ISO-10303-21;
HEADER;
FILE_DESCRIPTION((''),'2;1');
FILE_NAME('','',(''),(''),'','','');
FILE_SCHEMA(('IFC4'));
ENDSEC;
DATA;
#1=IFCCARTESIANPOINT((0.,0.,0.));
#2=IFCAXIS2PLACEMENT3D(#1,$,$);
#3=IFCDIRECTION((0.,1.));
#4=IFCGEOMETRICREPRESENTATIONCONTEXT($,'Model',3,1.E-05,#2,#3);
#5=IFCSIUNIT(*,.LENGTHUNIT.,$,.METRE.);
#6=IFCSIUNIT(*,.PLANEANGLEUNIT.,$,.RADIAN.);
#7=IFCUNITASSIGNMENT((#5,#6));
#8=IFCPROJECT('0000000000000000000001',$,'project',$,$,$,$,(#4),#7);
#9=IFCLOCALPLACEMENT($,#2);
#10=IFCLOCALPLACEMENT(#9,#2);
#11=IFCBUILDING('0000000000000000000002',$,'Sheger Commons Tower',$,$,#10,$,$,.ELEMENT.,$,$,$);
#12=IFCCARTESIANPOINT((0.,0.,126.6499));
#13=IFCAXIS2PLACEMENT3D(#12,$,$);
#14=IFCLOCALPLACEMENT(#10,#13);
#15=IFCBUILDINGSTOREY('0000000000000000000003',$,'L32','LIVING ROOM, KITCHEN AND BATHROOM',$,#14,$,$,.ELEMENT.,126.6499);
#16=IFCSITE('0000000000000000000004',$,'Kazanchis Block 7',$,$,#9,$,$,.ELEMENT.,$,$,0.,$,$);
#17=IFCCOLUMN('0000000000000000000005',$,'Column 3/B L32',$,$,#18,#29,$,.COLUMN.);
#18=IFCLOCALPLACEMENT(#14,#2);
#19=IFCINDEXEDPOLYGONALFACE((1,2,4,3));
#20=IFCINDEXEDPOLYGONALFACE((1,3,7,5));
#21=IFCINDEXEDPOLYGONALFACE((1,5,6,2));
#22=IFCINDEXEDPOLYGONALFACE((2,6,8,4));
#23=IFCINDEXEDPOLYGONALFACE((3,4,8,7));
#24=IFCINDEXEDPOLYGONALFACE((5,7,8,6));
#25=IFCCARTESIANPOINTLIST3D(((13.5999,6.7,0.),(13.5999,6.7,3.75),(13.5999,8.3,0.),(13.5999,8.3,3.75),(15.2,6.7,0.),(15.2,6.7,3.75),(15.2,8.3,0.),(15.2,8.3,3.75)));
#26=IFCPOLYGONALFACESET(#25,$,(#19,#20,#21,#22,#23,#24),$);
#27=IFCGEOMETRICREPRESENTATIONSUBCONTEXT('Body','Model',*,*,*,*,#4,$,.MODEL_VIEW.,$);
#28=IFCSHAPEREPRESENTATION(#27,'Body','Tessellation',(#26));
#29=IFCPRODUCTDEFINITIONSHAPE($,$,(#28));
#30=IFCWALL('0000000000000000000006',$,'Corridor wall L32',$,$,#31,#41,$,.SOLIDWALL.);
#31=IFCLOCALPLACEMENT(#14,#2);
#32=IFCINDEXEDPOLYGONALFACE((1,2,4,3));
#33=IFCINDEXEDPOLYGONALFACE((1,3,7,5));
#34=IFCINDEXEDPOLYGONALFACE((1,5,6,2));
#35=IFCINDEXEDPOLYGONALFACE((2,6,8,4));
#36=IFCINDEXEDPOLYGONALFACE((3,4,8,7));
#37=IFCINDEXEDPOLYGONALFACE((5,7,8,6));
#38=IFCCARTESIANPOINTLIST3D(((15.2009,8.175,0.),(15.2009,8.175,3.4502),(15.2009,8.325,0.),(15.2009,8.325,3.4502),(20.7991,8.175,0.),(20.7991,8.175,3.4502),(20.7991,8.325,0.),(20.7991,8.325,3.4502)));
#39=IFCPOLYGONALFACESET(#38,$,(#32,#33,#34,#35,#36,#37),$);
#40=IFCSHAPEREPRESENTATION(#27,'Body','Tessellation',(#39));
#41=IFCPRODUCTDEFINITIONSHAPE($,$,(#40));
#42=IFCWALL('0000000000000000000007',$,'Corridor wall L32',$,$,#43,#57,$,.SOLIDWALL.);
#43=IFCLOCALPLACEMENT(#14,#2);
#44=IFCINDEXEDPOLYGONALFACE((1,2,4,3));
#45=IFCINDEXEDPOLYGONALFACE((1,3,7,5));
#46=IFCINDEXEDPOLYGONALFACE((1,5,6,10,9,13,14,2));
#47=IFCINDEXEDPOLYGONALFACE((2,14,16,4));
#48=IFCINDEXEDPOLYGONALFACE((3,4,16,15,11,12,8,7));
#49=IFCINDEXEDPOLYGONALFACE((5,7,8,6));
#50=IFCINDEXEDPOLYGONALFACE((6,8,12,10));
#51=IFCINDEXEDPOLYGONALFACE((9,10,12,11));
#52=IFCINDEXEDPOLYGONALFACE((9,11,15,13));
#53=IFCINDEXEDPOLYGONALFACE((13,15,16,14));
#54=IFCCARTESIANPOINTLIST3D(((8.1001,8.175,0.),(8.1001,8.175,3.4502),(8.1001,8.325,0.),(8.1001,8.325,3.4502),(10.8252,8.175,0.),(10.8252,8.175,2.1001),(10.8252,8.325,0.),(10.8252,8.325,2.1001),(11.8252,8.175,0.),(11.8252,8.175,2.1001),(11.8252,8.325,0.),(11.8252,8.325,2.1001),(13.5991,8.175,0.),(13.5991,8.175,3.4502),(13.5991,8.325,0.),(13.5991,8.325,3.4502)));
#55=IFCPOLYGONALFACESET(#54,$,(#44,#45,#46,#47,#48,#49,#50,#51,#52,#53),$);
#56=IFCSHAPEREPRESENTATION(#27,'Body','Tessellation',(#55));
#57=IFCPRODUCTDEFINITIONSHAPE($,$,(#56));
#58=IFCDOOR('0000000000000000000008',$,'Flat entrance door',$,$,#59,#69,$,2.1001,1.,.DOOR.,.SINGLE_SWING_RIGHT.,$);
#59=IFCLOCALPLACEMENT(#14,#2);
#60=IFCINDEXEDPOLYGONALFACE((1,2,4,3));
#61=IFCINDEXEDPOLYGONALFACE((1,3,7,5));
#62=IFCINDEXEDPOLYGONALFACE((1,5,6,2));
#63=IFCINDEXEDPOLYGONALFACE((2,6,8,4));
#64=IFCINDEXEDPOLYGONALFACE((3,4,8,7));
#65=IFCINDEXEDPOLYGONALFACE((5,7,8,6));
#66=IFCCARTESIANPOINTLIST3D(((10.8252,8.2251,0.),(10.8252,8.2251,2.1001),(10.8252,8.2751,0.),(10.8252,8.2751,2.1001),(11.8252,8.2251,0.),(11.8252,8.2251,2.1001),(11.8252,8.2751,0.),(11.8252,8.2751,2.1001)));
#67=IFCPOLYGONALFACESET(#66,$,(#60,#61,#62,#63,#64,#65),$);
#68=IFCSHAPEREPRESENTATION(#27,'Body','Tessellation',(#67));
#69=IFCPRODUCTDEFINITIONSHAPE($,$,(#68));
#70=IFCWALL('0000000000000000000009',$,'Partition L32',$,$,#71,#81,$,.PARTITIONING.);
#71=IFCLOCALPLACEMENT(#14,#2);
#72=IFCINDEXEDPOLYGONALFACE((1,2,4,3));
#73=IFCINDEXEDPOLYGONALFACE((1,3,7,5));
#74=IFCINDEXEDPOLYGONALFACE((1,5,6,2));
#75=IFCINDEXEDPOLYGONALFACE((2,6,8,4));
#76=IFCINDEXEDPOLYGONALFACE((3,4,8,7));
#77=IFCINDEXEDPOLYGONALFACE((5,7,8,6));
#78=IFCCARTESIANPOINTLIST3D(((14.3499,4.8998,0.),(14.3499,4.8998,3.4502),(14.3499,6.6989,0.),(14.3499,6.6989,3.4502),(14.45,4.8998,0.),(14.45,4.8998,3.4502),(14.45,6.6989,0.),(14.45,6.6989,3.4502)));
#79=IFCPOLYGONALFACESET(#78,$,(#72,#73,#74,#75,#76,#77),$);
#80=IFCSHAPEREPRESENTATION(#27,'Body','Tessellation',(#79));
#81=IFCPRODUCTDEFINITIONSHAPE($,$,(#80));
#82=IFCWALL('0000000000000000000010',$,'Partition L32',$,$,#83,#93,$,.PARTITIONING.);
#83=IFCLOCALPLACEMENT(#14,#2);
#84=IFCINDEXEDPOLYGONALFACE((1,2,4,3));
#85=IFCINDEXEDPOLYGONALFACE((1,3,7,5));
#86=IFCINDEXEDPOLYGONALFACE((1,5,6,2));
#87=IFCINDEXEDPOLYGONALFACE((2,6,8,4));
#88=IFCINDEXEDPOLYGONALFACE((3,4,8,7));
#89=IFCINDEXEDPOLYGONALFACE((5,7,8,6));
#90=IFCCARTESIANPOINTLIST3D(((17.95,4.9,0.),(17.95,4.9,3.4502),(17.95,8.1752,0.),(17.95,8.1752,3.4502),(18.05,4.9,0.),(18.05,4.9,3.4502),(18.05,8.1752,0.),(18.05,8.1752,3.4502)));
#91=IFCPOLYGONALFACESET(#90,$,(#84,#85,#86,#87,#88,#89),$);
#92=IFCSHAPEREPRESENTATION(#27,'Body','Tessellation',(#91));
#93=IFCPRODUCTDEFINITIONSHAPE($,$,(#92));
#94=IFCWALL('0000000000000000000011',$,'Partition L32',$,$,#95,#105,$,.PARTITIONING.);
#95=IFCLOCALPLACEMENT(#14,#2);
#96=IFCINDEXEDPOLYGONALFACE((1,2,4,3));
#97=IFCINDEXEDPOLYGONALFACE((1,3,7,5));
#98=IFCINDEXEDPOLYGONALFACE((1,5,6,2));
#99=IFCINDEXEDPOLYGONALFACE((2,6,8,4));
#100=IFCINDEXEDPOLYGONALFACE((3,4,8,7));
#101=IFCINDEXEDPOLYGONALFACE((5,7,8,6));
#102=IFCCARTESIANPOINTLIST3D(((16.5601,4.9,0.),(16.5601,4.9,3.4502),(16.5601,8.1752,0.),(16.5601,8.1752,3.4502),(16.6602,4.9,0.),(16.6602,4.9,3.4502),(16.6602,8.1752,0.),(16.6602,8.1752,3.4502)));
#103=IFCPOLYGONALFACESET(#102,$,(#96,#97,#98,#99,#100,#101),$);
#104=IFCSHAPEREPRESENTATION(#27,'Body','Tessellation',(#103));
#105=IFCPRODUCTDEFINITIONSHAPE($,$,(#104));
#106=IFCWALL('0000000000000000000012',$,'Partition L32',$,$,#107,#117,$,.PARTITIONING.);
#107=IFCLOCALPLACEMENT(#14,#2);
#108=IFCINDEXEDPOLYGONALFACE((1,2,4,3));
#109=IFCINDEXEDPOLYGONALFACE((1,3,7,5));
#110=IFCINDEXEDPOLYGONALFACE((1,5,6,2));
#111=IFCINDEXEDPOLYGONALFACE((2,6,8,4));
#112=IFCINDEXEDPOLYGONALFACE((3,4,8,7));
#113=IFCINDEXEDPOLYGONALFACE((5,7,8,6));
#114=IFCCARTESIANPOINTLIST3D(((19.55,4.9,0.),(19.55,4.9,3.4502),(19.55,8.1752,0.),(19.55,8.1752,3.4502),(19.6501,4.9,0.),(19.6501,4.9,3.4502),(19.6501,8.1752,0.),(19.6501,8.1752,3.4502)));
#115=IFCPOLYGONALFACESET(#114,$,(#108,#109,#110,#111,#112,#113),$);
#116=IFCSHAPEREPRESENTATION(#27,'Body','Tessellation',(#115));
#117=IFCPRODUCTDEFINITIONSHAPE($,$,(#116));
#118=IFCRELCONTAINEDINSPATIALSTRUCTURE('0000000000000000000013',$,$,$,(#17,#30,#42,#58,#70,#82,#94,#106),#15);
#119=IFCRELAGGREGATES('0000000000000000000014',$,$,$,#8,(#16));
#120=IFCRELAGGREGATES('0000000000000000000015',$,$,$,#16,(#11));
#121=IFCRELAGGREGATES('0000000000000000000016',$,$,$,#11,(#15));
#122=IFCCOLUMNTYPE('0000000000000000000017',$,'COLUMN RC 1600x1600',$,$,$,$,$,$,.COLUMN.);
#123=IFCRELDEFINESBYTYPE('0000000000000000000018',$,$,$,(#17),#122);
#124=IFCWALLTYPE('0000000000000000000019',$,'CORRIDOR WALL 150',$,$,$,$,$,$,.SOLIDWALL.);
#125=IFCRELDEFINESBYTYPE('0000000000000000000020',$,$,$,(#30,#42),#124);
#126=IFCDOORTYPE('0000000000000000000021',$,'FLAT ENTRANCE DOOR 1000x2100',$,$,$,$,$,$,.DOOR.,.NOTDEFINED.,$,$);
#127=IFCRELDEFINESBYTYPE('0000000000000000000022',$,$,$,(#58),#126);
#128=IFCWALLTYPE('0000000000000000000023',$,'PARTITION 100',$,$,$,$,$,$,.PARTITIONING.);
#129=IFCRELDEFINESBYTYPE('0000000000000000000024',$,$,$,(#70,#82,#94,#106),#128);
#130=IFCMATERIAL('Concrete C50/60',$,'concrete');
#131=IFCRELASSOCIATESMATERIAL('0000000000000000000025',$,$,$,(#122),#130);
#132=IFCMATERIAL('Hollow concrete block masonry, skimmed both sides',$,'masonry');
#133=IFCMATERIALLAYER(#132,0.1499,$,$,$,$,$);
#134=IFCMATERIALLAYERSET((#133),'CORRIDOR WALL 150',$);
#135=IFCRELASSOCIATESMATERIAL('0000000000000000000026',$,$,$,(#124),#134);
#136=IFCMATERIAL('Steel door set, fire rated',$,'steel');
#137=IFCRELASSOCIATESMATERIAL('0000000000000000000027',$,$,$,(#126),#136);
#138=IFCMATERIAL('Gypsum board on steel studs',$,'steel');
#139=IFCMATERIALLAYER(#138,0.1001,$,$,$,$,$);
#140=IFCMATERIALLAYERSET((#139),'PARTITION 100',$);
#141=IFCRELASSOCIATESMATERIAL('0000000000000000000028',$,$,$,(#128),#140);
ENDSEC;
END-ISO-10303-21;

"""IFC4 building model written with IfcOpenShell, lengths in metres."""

from ifc_helpers import new_model, si_unit, direction, frame, frame_2d, origin, origin_2d, place, context, subcontext, project, spatial, rectangle, extrude, material, layer, layer_set, material_profile, profile_set, type_object, element, fill, save


model = new_model("IFC4")

# Units and contexts
model_context = context("Model", 3, precision=1e-05, world=origin(), true_north=direction((0.0, 1.0)))
body_context = subcontext(model_context, "Body", "Model", "MODEL_VIEW")
ifc_project = project(units=[si_unit("LENGTHUNIT", "METRE"), si_unit("PLANEANGLEUNIT", "RADIAN")], contexts=[model_context])

# Site, building, storey
site_placement = place(None, origin())
site = spatial("IfcSite", under=ifc_project, at=site_placement, Name="Kazanchis Block 7", CompositionType="ELEMENT", RefElevation=0.0)
building_placement = place(site_placement, origin())
building = spatial("IfcBuilding", under=site, at=building_placement, Name="Sheger Commons Tower", CompositionType="ELEMENT")
storey_placement = place(building_placement, frame((0.0, 0.0, 126.6499)))
storey = spatial("IfcBuildingStorey", under=building, at=storey_placement, Name="L32", Description="LIVING ROOM, KITCHEN AND BATHROOM", CompositionType="ELEMENT", Elevation=126.6499)

# Column
ifc_material_1 = material(Name="Concrete C50/60", Category="concrete")
ifc_material_profile = material_profile(ifc_material_1, rectangle(XDim=1.6001, YDim=1.6001, at=origin_2d()), Name="RC 1600x1600")
ifc_profile_set = profile_set([ifc_material_profile], Name="Concrete C50/60")
column_type = type_object("IfcColumnType", Name="COLUMN RC 1600x1600", PredefinedType="COLUMN", material=ifc_profile_set)
column_placement = place(storey_placement, frame((14.3999, 7.5, 0.0), z_axis=(0.0, 0.0, 1.0), x_axis=(1.0, 0.0, 0.0)))
element("IfcColumn", 1, at=column_placement, inside=storey, type_object=column_type, Name="Column 3/B L32", PredefinedType="COLUMN", context=body_context, shape_type="SweptSolid", body=[
    extrude(rectangle(XDim=1.6001, YDim=1.6001, at=origin_2d()), origin(), (0.0, 0.0, 1.0), 3.75),
])

# Wall
ifc_material_2 = material(Name="Hollow concrete block masonry, skimmed both sides", Category="masonry")
ifc_layer_1 = layer(ifc_material_2, 0.1499)
ifc_layer_set_1 = layer_set([ifc_layer_1], Name="CORRIDOR WALL 150")
wall_type_1 = type_object("IfcWallType", Name="CORRIDOR WALL 150", PredefinedType="SOLIDWALL", material=ifc_layer_set_1)
wall_1_placement = place(storey_placement, frame((20.7991, 8.25, 0.0), z_axis=(0.0, 0.0, 1.0), x_axis=(-1.0, 0.0, 0.0)))
element("IfcWall", 2, at=wall_1_placement, inside=storey, type_object=wall_type_1, Name="Corridor wall L32", PredefinedType="SOLIDWALL", context=body_context, shape_type="SweptSolid", body=[
    extrude(rectangle(XDim=5.5981, YDim=0.1499, at=frame_2d((2.7991, 0.0))), origin(), (0.0, 0.0, 1.0), 3.4502),
])

# Wall, opening, door
wall_2_placement = place(storey_placement, frame((13.5991, 8.25, 0.0), z_axis=(0.0, 0.0, 1.0), x_axis=(-1.0, 0.0, 0.0)))
wall_2 = element("IfcWall", 3, at=wall_2_placement, inside=storey, type_object=wall_type_1, Name="Corridor wall L32", PredefinedType="SOLIDWALL", context=body_context, shape_type="SweptSolid", body=[
    extrude(rectangle(XDim=5.499, YDim=0.1499, at=frame_2d((2.7495, 0.0))), origin(), (0.0, 0.0, 1.0), 3.4502),
])
opening_1_placement = place(wall_2_placement, frame((1.7739, 0.0, 0.0)))
opening_1 = element("IfcOpeningElement", 4, at=opening_1_placement, cuts=wall_2, PredefinedType="OPENING", context=body_context, shape_type="SweptSolid", body=[
    extrude(rectangle(XDim=1.0, YDim=2.1001, at=frame_2d((0.5, 1.05))), frame((0.0, 0.085, 0.0), z_axis=(0.0, -1.0, 0.0), x_axis=(1.0, 0.0, 0.0)), (0.0, 0.0, 1.0), 0.1699),
])
ifc_material_3 = material(Name="Steel door set, fire rated", Category="steel")
door_type_1 = type_object("IfcDoorType", Name="FLAT ENTRANCE DOOR 1000x2100", OperationType="NOTDEFINED", PredefinedType="DOOR", material=ifc_material_3)
door_1_placement = place(opening_1_placement, origin())
door_1 = element("IfcDoor", 5, at=door_1_placement, inside=storey, type_object=door_type_1, Name="Flat entrance door", OperationType="SINGLE_SWING_RIGHT", OverallHeight=2.1001, OverallWidth=1.0, PredefinedType="DOOR", context=body_context, shape_type="SweptSolid", body=[
    extrude(rectangle(XDim=1.0, YDim=2.1001, at=frame_2d((0.5, 1.05))), frame((0.0, 0.0249, 0.0), z_axis=(0.0, -1.0, 0.0), x_axis=(1.0, 0.0, 0.0)), (0.0, 0.0, 1.0), 0.05),
])
fill(opening_1, door_1)

# Walls
ifc_material_4 = material(Name="Gypsum board on steel studs", Category="steel")
ifc_layer_2 = layer(ifc_material_4, 0.1001)
ifc_layer_set_2 = layer_set([ifc_layer_2], Name="PARTITION 100")
wall_type_2 = type_object("IfcWallType", Name="PARTITION 100", PredefinedType="PARTITIONING", material=ifc_layer_set_2)
wall_3_placement = place(storey_placement, frame((14.3999, 4.8999, 0.0), z_axis=(0.0, 0.0, 1.0), x_axis=(0.0, 1.0, 0.0)))
element("IfcWall", 6, at=wall_3_placement, inside=storey, type_object=wall_type_2, Name="Partition L32", PredefinedType="PARTITIONING", context=body_context, shape_type="SweptSolid", body=[
    extrude(rectangle(XDim=1.7991, YDim=0.1001, at=frame_2d((0.8994, 0.0))), origin(), (0.0, 0.0, 1.0), 3.4502),
])
for number, where, z_axis, x_axis, name in (
    (7, (18.0, 4.8999, 0.0), (0.0, 0.0, 1.0), (0.0, 1.0, 0.0), "Partition L32"),
    (8, (16.6101, 4.8999, 0.0), (0.0, 0.0, 1.0), (0.0, 1.0, 0.0), "Partition L32"),
    (9, (19.6001, 4.8999, 0.0), (0.0, 0.0, 1.0), (0.0, 1.0, 0.0), "Partition L32"),
):
    element("IfcWall", number, at=place(storey_placement, frame(where, z_axis=z_axis, x_axis=x_axis)), inside=storey, type_object=wall_type_2, Name=name, PredefinedType="PARTITIONING", context=body_context, shape_type="SweptSolid", body=[
        extrude(rectangle(XDim=3.2751, YDim=0.1001, at=frame_2d((1.6377, 0.0))), origin(), (0.0, 0.0, 1.0), 3.4502),
    ])

save(model, "model.ifc")
